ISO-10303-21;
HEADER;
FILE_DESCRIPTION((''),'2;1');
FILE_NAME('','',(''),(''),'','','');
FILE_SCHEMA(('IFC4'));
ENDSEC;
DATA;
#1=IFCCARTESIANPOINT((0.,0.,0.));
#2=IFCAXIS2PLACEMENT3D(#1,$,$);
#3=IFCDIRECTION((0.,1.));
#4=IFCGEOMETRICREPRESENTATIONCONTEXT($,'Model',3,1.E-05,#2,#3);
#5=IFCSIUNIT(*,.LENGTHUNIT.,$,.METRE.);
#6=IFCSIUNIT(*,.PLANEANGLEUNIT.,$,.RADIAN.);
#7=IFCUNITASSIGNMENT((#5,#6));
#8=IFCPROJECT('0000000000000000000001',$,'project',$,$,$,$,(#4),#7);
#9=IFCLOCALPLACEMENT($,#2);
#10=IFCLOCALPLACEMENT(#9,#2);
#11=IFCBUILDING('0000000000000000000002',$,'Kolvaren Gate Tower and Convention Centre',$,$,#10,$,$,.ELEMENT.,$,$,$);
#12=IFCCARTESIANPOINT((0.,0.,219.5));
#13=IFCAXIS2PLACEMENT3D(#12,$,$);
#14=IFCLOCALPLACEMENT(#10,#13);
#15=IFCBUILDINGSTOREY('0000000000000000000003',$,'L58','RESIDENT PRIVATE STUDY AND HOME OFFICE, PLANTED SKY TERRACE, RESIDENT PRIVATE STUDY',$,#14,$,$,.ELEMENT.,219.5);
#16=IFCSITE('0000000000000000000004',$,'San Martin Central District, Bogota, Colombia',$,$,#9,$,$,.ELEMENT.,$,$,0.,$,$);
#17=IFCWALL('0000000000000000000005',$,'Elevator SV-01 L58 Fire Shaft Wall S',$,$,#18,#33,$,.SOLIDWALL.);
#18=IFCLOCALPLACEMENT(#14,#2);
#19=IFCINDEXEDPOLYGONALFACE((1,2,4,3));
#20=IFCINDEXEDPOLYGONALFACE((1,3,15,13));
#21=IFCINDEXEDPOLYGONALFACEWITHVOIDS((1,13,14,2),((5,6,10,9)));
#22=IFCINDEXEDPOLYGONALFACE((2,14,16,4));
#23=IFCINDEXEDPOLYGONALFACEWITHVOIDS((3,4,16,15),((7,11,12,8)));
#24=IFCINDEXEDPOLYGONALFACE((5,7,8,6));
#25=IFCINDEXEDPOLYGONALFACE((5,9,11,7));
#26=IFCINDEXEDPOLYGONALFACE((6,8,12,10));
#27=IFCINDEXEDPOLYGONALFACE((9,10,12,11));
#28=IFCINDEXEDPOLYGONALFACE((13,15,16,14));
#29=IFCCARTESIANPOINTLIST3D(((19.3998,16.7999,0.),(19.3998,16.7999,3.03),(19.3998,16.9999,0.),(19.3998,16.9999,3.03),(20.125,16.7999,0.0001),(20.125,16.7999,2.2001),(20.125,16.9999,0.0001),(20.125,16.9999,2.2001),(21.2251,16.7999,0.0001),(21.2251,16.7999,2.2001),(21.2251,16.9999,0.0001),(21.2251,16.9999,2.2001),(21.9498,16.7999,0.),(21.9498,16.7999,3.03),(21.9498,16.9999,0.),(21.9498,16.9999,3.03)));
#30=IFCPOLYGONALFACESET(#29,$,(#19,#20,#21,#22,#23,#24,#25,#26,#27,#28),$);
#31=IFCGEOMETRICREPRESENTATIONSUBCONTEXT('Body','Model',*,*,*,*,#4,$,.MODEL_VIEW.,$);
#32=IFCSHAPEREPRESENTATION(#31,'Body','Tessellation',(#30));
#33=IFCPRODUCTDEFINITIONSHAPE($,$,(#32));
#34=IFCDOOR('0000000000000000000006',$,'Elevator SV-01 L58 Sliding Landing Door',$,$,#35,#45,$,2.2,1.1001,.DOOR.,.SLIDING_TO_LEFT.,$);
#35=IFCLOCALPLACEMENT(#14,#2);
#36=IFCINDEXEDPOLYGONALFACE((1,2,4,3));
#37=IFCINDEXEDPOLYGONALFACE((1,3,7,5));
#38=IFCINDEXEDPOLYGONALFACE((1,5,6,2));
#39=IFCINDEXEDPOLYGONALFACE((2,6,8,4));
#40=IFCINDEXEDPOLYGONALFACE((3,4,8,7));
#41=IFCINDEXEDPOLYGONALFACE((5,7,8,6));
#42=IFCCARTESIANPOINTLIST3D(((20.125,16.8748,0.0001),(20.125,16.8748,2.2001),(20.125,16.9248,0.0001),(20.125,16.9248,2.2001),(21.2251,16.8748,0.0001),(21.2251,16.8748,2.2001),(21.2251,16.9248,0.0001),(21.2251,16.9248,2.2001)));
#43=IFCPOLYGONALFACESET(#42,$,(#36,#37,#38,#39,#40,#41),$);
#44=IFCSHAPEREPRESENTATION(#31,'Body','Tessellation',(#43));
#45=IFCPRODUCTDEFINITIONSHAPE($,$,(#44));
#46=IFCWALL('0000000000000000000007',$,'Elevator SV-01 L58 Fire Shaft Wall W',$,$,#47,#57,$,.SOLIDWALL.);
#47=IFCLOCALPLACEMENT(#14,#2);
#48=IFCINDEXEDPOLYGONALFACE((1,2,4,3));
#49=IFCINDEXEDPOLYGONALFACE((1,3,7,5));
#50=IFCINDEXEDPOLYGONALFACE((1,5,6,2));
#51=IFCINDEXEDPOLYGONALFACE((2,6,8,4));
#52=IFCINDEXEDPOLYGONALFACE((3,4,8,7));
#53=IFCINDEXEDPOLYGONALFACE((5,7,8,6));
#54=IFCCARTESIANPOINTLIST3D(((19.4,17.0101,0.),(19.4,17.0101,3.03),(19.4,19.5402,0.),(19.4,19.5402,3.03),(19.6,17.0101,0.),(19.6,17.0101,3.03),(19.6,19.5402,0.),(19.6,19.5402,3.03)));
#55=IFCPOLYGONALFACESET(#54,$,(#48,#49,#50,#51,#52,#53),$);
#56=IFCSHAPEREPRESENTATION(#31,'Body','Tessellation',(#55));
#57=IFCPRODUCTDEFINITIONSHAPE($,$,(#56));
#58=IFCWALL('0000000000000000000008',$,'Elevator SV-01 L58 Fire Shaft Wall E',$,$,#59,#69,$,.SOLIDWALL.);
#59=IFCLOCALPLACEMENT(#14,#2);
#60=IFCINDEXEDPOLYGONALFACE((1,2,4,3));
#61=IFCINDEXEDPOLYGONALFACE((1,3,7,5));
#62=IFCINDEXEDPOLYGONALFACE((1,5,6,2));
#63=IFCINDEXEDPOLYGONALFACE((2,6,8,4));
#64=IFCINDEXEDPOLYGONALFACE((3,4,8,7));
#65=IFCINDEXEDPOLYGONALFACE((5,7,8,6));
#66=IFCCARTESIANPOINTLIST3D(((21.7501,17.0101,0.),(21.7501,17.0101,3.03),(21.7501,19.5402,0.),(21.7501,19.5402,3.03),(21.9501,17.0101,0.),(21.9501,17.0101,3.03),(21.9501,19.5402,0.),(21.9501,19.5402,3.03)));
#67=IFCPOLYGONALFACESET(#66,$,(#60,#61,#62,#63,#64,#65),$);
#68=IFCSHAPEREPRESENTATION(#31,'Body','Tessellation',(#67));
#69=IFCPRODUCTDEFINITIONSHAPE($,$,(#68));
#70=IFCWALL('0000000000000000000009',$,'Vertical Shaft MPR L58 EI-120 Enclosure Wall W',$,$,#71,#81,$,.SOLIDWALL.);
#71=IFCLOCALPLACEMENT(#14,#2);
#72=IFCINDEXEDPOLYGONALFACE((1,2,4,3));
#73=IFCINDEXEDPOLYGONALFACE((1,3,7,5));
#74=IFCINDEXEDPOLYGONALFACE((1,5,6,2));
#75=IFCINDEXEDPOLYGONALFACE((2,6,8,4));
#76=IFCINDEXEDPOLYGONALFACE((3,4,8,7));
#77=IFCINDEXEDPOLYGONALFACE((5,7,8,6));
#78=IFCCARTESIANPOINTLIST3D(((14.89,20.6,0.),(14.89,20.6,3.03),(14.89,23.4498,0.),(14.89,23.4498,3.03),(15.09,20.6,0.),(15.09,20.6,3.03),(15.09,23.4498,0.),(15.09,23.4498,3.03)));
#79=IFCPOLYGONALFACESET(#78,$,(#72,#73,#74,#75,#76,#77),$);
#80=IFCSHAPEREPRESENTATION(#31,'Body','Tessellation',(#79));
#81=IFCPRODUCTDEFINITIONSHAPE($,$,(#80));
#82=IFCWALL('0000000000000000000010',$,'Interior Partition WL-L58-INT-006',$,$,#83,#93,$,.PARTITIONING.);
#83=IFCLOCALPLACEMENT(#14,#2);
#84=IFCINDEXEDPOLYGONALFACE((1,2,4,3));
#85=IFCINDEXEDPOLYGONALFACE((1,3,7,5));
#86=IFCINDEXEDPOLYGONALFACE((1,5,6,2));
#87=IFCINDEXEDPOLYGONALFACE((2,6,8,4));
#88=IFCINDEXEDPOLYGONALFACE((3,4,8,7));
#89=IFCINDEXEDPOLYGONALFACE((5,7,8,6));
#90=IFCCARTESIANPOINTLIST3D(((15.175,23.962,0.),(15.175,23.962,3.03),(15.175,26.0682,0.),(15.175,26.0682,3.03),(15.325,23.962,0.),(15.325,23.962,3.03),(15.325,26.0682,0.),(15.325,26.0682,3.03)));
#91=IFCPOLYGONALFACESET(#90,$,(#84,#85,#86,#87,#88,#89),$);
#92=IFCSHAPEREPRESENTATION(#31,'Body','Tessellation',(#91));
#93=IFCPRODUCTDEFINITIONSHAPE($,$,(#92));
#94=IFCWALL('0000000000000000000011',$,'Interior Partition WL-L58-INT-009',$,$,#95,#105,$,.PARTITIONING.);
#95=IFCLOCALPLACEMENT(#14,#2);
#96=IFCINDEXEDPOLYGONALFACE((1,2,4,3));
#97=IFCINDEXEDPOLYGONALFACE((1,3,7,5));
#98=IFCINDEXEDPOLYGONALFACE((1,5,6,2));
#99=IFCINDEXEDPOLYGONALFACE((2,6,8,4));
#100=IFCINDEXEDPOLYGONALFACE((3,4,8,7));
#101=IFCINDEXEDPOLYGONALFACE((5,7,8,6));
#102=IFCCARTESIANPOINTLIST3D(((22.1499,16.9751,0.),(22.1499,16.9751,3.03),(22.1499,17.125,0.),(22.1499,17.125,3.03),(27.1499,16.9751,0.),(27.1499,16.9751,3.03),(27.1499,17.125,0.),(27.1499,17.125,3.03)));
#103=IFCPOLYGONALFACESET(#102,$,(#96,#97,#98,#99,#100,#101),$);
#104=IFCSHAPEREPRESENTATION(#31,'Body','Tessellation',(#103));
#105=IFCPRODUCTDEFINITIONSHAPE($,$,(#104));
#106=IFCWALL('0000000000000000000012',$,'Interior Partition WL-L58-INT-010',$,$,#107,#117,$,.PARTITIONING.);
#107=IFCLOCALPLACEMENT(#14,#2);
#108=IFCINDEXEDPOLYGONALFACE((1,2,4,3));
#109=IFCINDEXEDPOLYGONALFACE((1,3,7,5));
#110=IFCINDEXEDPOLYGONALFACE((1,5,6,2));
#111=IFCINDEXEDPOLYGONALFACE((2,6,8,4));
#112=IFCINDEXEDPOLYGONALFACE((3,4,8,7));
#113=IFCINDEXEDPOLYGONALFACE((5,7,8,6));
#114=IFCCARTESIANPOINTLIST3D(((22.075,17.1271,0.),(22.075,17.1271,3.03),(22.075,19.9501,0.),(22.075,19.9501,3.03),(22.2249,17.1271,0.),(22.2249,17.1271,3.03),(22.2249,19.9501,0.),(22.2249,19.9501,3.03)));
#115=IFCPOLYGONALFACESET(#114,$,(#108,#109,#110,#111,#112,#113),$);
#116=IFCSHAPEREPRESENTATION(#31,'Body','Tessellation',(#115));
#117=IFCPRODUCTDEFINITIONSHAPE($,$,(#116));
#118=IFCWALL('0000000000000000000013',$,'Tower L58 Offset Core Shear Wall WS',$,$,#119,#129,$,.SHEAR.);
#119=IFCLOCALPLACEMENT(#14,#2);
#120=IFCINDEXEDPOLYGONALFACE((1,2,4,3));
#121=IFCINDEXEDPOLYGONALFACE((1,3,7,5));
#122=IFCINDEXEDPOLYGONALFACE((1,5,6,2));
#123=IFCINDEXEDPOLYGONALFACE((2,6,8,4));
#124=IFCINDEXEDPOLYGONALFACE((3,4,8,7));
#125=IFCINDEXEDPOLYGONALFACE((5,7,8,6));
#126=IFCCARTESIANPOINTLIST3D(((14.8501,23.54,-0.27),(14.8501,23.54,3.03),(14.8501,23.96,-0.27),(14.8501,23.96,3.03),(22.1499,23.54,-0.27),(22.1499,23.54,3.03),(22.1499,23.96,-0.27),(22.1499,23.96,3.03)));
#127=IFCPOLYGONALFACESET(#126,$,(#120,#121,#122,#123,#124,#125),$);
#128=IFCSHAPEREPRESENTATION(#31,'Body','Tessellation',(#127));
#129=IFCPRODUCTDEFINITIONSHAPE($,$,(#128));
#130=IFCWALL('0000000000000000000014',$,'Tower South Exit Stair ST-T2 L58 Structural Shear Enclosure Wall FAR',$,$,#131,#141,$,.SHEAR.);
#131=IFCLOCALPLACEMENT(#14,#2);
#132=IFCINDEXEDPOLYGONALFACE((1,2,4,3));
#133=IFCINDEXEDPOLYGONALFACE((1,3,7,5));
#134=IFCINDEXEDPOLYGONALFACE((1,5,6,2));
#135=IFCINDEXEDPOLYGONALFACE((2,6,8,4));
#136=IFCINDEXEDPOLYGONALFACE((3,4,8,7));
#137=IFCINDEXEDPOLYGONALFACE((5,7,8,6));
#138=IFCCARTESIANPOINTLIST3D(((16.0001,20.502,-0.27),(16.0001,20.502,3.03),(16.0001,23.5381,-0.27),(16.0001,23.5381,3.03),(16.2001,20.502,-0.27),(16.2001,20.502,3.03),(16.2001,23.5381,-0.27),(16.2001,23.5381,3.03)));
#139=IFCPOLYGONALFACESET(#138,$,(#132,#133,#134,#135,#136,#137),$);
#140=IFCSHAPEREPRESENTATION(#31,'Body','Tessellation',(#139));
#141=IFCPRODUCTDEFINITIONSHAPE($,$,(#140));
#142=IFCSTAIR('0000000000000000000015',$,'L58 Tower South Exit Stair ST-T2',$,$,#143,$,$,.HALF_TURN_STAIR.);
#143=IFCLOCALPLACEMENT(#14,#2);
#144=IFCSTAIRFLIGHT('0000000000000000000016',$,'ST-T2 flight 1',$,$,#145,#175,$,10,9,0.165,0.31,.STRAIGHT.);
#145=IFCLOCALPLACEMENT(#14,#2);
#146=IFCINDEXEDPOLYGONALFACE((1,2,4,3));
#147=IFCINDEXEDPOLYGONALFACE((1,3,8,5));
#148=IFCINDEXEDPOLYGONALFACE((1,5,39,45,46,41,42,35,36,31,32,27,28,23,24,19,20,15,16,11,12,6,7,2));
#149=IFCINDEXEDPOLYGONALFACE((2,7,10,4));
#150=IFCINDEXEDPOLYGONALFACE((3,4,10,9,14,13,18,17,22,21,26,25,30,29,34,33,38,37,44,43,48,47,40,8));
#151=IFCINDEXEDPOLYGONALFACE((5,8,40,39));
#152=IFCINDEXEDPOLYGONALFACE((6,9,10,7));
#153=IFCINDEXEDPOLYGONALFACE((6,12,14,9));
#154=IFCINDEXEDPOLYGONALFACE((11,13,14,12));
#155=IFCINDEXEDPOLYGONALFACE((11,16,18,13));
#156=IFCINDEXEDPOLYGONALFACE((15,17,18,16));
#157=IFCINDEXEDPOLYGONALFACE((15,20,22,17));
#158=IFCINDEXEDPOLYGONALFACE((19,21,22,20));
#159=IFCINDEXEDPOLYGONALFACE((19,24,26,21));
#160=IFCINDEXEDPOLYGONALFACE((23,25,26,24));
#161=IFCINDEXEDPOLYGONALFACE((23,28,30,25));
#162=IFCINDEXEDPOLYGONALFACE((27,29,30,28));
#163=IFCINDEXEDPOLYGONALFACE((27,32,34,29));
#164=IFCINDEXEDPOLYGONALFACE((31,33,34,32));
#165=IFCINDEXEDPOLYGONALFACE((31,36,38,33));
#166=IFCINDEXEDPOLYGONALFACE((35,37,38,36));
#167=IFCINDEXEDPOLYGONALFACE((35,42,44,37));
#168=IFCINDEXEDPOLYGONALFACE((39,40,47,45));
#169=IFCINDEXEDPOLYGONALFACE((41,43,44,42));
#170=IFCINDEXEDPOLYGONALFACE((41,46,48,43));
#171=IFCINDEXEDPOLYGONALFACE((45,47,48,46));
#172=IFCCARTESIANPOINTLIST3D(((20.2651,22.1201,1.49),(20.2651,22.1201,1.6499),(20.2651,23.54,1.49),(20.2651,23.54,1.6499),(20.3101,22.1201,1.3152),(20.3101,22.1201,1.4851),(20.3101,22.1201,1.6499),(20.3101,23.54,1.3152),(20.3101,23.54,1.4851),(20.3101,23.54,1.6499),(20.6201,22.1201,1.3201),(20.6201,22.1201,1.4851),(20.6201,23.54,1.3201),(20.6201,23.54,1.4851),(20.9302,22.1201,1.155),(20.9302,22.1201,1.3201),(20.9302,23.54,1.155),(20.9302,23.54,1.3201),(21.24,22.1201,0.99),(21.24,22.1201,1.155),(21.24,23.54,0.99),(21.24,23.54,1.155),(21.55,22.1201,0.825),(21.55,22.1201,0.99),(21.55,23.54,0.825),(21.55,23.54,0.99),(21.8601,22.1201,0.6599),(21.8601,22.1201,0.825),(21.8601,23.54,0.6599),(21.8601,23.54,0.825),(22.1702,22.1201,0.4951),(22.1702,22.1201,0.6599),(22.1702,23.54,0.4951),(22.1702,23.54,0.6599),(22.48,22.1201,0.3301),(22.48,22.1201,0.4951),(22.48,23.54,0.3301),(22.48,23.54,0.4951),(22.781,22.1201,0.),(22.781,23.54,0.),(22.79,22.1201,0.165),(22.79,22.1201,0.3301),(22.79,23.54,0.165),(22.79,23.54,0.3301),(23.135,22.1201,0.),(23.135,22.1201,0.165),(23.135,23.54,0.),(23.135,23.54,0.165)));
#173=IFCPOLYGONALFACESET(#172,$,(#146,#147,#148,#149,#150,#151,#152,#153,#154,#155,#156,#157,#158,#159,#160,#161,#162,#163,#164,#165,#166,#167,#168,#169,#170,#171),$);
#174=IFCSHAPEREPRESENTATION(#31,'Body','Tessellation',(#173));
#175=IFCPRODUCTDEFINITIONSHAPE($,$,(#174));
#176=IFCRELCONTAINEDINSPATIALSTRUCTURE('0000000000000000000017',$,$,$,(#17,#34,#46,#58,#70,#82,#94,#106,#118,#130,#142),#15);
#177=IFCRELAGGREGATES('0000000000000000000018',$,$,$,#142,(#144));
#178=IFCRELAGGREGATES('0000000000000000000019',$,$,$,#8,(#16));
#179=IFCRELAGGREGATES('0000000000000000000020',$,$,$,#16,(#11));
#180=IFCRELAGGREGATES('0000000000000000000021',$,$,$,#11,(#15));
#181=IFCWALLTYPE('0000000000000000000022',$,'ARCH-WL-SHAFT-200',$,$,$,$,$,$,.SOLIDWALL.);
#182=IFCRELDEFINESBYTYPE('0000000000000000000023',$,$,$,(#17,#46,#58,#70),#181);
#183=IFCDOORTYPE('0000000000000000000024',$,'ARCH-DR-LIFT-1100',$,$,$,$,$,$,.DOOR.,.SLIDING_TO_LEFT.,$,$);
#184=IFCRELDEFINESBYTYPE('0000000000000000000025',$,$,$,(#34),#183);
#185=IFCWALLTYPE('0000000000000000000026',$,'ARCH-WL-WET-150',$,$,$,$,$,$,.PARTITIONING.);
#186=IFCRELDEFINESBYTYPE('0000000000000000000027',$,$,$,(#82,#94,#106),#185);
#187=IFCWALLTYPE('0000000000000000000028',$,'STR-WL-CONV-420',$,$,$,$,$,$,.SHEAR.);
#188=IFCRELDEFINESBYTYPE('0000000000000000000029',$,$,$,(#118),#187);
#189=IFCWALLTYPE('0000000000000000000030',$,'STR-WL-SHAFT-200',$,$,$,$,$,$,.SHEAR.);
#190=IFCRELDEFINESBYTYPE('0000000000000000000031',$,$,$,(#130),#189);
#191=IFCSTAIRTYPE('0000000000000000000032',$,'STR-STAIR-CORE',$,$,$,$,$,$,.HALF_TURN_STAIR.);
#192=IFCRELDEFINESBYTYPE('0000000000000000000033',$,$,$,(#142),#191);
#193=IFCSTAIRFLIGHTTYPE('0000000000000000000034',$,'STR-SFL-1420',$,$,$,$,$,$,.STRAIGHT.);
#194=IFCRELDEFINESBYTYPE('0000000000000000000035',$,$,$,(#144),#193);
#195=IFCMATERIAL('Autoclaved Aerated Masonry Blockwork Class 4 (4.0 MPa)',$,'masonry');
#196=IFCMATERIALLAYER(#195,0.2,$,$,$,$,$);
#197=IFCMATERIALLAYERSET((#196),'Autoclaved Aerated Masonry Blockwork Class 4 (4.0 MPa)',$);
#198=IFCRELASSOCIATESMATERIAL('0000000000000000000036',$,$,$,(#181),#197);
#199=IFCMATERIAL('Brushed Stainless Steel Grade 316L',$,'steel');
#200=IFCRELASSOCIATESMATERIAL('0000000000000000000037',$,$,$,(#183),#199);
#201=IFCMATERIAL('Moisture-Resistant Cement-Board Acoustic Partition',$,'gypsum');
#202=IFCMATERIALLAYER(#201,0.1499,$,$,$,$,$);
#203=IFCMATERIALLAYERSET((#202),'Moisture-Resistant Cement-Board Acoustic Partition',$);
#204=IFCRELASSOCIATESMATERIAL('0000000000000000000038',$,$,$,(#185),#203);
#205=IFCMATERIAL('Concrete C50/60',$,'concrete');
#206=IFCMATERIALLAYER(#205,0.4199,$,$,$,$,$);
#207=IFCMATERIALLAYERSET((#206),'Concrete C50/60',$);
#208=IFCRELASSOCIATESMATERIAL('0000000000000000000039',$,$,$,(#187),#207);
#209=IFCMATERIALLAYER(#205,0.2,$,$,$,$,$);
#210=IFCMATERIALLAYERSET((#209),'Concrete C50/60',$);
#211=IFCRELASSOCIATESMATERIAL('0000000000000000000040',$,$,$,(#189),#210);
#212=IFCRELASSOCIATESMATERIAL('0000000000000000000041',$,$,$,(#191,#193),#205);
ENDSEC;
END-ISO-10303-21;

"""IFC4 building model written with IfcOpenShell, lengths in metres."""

from ifc_helpers import new_model, si_unit, direction, frame, frame_2d, origin, place, context, subcontext, project, spatial, polyline, rectangle, outline, extrude, material, layer, layer_set, type_object, element, fill, aggregate, save


model = new_model("IFC4")

# Units and contexts
model_context = context("Model", 3, precision=1e-05, world=origin(), true_north=direction((0.0, 1.0)))
body_context = subcontext(model_context, "Body", "Model", "MODEL_VIEW")
ifc_project = project(units=[si_unit("LENGTHUNIT", "METRE"), si_unit("PLANEANGLEUNIT", "RADIAN")], contexts=[model_context])

# Site, building, storey
site_placement = place(None, origin())
site = spatial("IfcSite", under=ifc_project, at=site_placement, Name="San Martin Central District, Bogota, Colombia", CompositionType="ELEMENT", RefElevation=0.0)
building_placement = place(site_placement, origin())
building = spatial("IfcBuilding", under=site, at=building_placement, Name="Kolvaren Gate Tower and Convention Centre", CompositionType="ELEMENT")
storey_placement = place(building_placement, frame((0.0, 0.0, 219.5)))
storey = spatial("IfcBuildingStorey", under=building, at=storey_placement, Name="L58", Description="RESIDENT PRIVATE STUDY AND HOME OFFICE, PLANTED SKY TERRACE, RESIDENT PRIVATE STUDY", CompositionType="ELEMENT", Elevation=219.5)

# Shared definitions
ifc_material_1 = material(Name="Autoclaved Aerated Masonry Blockwork Class 4 (4.0 MPa)", Category="masonry")
ifc_layer_1 = layer(ifc_material_1, 0.2)
ifc_layer_set_1 = layer_set([ifc_layer_1], Name="Autoclaved Aerated Masonry Blockwork Class 4 (4.0 MPa)")
wall_type_1 = type_object("IfcWallType", Name="ARCH-WL-SHAFT-200", PredefinedType="SOLIDWALL", material=ifc_layer_set_1)

# Wall, opening, door
wall_1_placement = place(storey_placement, frame((19.3999, 16.8999, 0.0), z_axis=(0.0, 0.0, 1.0), x_axis=(1.0, 0.0, 0.0)))
wall_1 = element("IfcWall", 1, at=wall_1_placement, inside=storey, type_object=wall_type_1, Name="Elevator SV-01 L58 Fire Shaft Wall S", PredefinedType="SOLIDWALL", context=body_context, shape_type="SweptSolid", body=[
    extrude(rectangle(XDim=2.55, YDim=0.2, at=frame_2d((1.2749, 0.0))), origin(), (0.0, 0.0, 1.0), 3.03),
])
opening_placement = place(wall_1_placement, frame((0.7251, 0.0, 0.0)))
opening = element("IfcOpeningElement", 2, at=opening_placement, cuts=wall_1, PredefinedType="OPENING", context=body_context, shape_type="SweptSolid", body=[
    extrude(rectangle(XDim=1.1001, YDim=2.2, at=frame_2d((0.55, 1.1001))), frame((0.0, 0.1099, 0.0), z_axis=(0.0, -1.0, 0.0), x_axis=(1.0, 0.0, 0.0)), (0.0, 0.0, 1.0), 0.22),
])
ifc_material_2 = material(Name="Brushed Stainless Steel Grade 316L", Category="steel")
door_type = type_object("IfcDoorType", Name="ARCH-DR-LIFT-1100", OperationType="SLIDING_TO_LEFT", PredefinedType="DOOR", material=ifc_material_2)
door_placement = place(opening_placement, origin())
door = element("IfcDoor", 3, at=door_placement, inside=storey, type_object=door_type, Name="Elevator SV-01 L58 Sliding Landing Door", OperationType="SLIDING_TO_LEFT", OverallHeight=2.2, OverallWidth=1.1001, PredefinedType="DOOR", context=body_context, shape_type="SweptSolid", body=[
    extrude(rectangle(XDim=1.1001, YDim=2.2, at=frame_2d((0.55, 1.1001))), frame((0.0, 0.0249, 0.0), z_axis=(0.0, -1.0, 0.0), x_axis=(1.0, 0.0, 0.0)), (0.0, 0.0, 1.0), 0.05),
])
fill(opening, door)

# Walls
for number, where, z_axis, x_axis, name in (
    (4, (19.5, 17.01, 0.0), (0.0, 0.0, 1.0), (0.0, 1.0, 0.0), "Elevator SV-01 L58 Fire Shaft Wall W"),
    (5, (21.8501, 17.01, 0.0), (0.0, 0.0, 1.0), (0.0, 1.0, 0.0), "Elevator SV-01 L58 Fire Shaft Wall E"),
):
    element("IfcWall", number, at=place(storey_placement, frame(where, z_axis=z_axis, x_axis=x_axis)), inside=storey, type_object=wall_type_1, Name=name, PredefinedType="SOLIDWALL", context=body_context, shape_type="SweptSolid", body=[
        extrude(rectangle(XDim=2.53, YDim=0.2, at=frame_2d((1.2651, 0.0))), origin(), (0.0, 0.0, 1.0), 3.03),
    ])
wall_2_placement = place(storey_placement, frame((14.99, 20.6001, 0.0), z_axis=(0.0, 0.0, 1.0), x_axis=(0.0, 1.0, 0.0)))
element("IfcWall", 6, at=wall_2_placement, inside=storey, type_object=wall_type_1, Name="Vertical Shaft MPR L58 EI-120 Enclosure Wall W", PredefinedType="SOLIDWALL", context=body_context, shape_type="SweptSolid", body=[
    extrude(rectangle(XDim=2.8499, YDim=0.2, at=frame_2d((1.4248, 0.0))), origin(), (0.0, 0.0, 1.0), 3.03),
])
ifc_material_3 = material(Name="Moisture-Resistant Cement-Board Acoustic Partition", Category="gypsum")
ifc_layer_2 = layer(ifc_material_3, 0.1499)
ifc_layer_set_2 = layer_set([ifc_layer_2], Name="Moisture-Resistant Cement-Board Acoustic Partition")
wall_type_2 = type_object("IfcWallType", Name="ARCH-WL-WET-150", PredefinedType="PARTITIONING", material=ifc_layer_set_2)
wall_3_placement = place(storey_placement, frame((15.25, 23.9619, 0.0), z_axis=(0.0, 0.0, 1.0), x_axis=(0.0, 1.0, 0.0)))
element("IfcWall", 7, at=wall_3_placement, inside=storey, type_object=wall_type_2, Name="Interior Partition WL-L58-INT-006", PredefinedType="PARTITIONING", context=body_context, shape_type="SweptSolid", body=[
    extrude(rectangle(XDim=2.1062, YDim=0.1499, at=frame_2d((1.0532, 0.0))), origin(), (0.0, 0.0, 1.0), 3.03),
])
wall_4_placement = place(storey_placement, frame((22.1499, 17.05, 0.0), z_axis=(0.0, 0.0, 1.0), x_axis=(1.0, 0.0, 0.0)))
element("IfcWall", 8, at=wall_4_placement, inside=storey, type_object=wall_type_2, Name="Interior Partition WL-L58-INT-009", PredefinedType="PARTITIONING", context=body_context, shape_type="SweptSolid", body=[
    extrude(rectangle(XDim=5.0, YDim=0.1499, at=frame_2d((2.5, 0.0))), origin(), (0.0, 0.0, 1.0), 3.03),
])
wall_5_placement = place(storey_placement, frame((22.1499, 17.127, 0.0), z_axis=(0.0, 0.0, 1.0), x_axis=(0.0, 1.0, 0.0)))
element("IfcWall", 9, at=wall_5_placement, inside=storey, type_object=wall_type_2, Name="Interior Partition WL-L58-INT-010", PredefinedType="PARTITIONING", context=body_context, shape_type="SweptSolid", body=[
    extrude(rectangle(XDim=2.823, YDim=0.1499, at=frame_2d((1.4116, 0.0))), origin(), (0.0, 0.0, 1.0), 3.03),
])
ifc_material_4 = material(Name="Concrete C50/60", Category="concrete")
ifc_layer_3 = layer(ifc_material_4, 0.4199)
ifc_layer_set_3 = layer_set([ifc_layer_3], Name="Concrete C50/60")
wall_type_3 = type_object("IfcWallType", Name="STR-WL-CONV-420", PredefinedType="SHEAR", material=ifc_layer_set_3)
wall_6_placement = place(storey_placement, frame((14.8501, 23.75, -0.27), z_axis=(0.0, 0.0, 1.0), x_axis=(1.0, 0.0, 0.0)))
element("IfcWall", 10, at=wall_6_placement, inside=storey, type_object=wall_type_3, Name="Tower L58 Offset Core Shear Wall WS", PredefinedType="SHEAR", context=body_context, shape_type="SweptSolid", body=[
    extrude(rectangle(XDim=7.2998, YDim=0.4199, at=frame_2d((3.6499, 0.0))), origin(), (0.0, 0.0, 1.0), 3.3),
])
ifc_layer_4 = layer(ifc_material_4, 0.2)
ifc_layer_set_4 = layer_set([ifc_layer_4], Name="Concrete C50/60")
wall_type_4 = type_object("IfcWallType", Name="STR-WL-SHAFT-200", PredefinedType="SHEAR", material=ifc_layer_set_4)
wall_7_placement = place(storey_placement, frame((16.1001, 20.502, -0.27), z_axis=(0.0, 0.0, 1.0), x_axis=(0.0, 1.0, 0.0)))
element("IfcWall", 11, at=wall_7_placement, inside=storey, type_object=wall_type_4, Name="Tower South Exit Stair ST-T2 L58 Structural Shear Enclosure Wall FAR", PredefinedType="SHEAR", context=body_context, shape_type="SweptSolid", body=[
    extrude(rectangle(XDim=3.0361, YDim=0.2, at=frame_2d((1.5181, 0.0))), origin(), (0.0, 0.0, 1.0), 3.3),
])

# Stair, stair flight
stair_type = type_object("IfcStairType", Name="STR-STAIR-CORE", PredefinedType="HALF_TURN_STAIR", material=ifc_material_4)
stair_placement = place(storey_placement, origin())
stair = element("IfcStair", 12, at=stair_placement, inside=storey, type_object=stair_type, Name="L58 Tower South Exit Stair ST-T2", PredefinedType="HALF_TURN_STAIR")
stair_flight_type = type_object("IfcStairFlightType", Name="STR-SFL-1420", PredefinedType="STRAIGHT", material=ifc_material_4)
stair_flight_1_placement = place(storey_placement, frame((23.1001, 22.8301, 0.0), z_axis=(0.0, 0.0, 1.0), x_axis=(-1.0, 0.0, 0.0)))
stair_flight_1 = element("IfcStairFlight", 13, at=stair_flight_1_placement, type_object=stair_flight_type, Name="ST-T2 flight 1", NumberOfRisers=10, NumberOfTreads=9, PredefinedType="STRAIGHT", RiserHeight=0.165, TreadLength=0.31, context=body_context, shape_type="SweptSolid", body=[
    extrude(outline(polyline([(-0.0349, 0.0), (-0.0349, 0.165), (0.3101, 0.165), (0.3101, 0.3301), (0.6201, 0.3301), (0.6201, 0.4951), (0.9299, 0.4951), (0.9299, 0.6599), (1.24, 0.6599), (1.24, 0.825), (1.55, 0.825), (1.55, 0.99), (1.8601, 0.99), (1.8601, 1.155), (2.1699, 1.155), (2.1699, 1.3201), (2.48, 1.3201), (2.48, 1.4851), (2.79, 1.4851), (2.79, 1.6499), (2.835, 1.6499), (2.835, 1.49), (2.79, 1.3152), (0.3191, 0.0), (-0.0349, 0.0)])), frame((0.0, 0.71, 0.0), z_axis=(0.0, -1.0, 0.0), x_axis=(1.0, 0.0, 0.0)), (0.0, 0.0, 1.0), 1.4199),
])
aggregate(stair, [stair_flight_1])

save(model, "model.ifc")
